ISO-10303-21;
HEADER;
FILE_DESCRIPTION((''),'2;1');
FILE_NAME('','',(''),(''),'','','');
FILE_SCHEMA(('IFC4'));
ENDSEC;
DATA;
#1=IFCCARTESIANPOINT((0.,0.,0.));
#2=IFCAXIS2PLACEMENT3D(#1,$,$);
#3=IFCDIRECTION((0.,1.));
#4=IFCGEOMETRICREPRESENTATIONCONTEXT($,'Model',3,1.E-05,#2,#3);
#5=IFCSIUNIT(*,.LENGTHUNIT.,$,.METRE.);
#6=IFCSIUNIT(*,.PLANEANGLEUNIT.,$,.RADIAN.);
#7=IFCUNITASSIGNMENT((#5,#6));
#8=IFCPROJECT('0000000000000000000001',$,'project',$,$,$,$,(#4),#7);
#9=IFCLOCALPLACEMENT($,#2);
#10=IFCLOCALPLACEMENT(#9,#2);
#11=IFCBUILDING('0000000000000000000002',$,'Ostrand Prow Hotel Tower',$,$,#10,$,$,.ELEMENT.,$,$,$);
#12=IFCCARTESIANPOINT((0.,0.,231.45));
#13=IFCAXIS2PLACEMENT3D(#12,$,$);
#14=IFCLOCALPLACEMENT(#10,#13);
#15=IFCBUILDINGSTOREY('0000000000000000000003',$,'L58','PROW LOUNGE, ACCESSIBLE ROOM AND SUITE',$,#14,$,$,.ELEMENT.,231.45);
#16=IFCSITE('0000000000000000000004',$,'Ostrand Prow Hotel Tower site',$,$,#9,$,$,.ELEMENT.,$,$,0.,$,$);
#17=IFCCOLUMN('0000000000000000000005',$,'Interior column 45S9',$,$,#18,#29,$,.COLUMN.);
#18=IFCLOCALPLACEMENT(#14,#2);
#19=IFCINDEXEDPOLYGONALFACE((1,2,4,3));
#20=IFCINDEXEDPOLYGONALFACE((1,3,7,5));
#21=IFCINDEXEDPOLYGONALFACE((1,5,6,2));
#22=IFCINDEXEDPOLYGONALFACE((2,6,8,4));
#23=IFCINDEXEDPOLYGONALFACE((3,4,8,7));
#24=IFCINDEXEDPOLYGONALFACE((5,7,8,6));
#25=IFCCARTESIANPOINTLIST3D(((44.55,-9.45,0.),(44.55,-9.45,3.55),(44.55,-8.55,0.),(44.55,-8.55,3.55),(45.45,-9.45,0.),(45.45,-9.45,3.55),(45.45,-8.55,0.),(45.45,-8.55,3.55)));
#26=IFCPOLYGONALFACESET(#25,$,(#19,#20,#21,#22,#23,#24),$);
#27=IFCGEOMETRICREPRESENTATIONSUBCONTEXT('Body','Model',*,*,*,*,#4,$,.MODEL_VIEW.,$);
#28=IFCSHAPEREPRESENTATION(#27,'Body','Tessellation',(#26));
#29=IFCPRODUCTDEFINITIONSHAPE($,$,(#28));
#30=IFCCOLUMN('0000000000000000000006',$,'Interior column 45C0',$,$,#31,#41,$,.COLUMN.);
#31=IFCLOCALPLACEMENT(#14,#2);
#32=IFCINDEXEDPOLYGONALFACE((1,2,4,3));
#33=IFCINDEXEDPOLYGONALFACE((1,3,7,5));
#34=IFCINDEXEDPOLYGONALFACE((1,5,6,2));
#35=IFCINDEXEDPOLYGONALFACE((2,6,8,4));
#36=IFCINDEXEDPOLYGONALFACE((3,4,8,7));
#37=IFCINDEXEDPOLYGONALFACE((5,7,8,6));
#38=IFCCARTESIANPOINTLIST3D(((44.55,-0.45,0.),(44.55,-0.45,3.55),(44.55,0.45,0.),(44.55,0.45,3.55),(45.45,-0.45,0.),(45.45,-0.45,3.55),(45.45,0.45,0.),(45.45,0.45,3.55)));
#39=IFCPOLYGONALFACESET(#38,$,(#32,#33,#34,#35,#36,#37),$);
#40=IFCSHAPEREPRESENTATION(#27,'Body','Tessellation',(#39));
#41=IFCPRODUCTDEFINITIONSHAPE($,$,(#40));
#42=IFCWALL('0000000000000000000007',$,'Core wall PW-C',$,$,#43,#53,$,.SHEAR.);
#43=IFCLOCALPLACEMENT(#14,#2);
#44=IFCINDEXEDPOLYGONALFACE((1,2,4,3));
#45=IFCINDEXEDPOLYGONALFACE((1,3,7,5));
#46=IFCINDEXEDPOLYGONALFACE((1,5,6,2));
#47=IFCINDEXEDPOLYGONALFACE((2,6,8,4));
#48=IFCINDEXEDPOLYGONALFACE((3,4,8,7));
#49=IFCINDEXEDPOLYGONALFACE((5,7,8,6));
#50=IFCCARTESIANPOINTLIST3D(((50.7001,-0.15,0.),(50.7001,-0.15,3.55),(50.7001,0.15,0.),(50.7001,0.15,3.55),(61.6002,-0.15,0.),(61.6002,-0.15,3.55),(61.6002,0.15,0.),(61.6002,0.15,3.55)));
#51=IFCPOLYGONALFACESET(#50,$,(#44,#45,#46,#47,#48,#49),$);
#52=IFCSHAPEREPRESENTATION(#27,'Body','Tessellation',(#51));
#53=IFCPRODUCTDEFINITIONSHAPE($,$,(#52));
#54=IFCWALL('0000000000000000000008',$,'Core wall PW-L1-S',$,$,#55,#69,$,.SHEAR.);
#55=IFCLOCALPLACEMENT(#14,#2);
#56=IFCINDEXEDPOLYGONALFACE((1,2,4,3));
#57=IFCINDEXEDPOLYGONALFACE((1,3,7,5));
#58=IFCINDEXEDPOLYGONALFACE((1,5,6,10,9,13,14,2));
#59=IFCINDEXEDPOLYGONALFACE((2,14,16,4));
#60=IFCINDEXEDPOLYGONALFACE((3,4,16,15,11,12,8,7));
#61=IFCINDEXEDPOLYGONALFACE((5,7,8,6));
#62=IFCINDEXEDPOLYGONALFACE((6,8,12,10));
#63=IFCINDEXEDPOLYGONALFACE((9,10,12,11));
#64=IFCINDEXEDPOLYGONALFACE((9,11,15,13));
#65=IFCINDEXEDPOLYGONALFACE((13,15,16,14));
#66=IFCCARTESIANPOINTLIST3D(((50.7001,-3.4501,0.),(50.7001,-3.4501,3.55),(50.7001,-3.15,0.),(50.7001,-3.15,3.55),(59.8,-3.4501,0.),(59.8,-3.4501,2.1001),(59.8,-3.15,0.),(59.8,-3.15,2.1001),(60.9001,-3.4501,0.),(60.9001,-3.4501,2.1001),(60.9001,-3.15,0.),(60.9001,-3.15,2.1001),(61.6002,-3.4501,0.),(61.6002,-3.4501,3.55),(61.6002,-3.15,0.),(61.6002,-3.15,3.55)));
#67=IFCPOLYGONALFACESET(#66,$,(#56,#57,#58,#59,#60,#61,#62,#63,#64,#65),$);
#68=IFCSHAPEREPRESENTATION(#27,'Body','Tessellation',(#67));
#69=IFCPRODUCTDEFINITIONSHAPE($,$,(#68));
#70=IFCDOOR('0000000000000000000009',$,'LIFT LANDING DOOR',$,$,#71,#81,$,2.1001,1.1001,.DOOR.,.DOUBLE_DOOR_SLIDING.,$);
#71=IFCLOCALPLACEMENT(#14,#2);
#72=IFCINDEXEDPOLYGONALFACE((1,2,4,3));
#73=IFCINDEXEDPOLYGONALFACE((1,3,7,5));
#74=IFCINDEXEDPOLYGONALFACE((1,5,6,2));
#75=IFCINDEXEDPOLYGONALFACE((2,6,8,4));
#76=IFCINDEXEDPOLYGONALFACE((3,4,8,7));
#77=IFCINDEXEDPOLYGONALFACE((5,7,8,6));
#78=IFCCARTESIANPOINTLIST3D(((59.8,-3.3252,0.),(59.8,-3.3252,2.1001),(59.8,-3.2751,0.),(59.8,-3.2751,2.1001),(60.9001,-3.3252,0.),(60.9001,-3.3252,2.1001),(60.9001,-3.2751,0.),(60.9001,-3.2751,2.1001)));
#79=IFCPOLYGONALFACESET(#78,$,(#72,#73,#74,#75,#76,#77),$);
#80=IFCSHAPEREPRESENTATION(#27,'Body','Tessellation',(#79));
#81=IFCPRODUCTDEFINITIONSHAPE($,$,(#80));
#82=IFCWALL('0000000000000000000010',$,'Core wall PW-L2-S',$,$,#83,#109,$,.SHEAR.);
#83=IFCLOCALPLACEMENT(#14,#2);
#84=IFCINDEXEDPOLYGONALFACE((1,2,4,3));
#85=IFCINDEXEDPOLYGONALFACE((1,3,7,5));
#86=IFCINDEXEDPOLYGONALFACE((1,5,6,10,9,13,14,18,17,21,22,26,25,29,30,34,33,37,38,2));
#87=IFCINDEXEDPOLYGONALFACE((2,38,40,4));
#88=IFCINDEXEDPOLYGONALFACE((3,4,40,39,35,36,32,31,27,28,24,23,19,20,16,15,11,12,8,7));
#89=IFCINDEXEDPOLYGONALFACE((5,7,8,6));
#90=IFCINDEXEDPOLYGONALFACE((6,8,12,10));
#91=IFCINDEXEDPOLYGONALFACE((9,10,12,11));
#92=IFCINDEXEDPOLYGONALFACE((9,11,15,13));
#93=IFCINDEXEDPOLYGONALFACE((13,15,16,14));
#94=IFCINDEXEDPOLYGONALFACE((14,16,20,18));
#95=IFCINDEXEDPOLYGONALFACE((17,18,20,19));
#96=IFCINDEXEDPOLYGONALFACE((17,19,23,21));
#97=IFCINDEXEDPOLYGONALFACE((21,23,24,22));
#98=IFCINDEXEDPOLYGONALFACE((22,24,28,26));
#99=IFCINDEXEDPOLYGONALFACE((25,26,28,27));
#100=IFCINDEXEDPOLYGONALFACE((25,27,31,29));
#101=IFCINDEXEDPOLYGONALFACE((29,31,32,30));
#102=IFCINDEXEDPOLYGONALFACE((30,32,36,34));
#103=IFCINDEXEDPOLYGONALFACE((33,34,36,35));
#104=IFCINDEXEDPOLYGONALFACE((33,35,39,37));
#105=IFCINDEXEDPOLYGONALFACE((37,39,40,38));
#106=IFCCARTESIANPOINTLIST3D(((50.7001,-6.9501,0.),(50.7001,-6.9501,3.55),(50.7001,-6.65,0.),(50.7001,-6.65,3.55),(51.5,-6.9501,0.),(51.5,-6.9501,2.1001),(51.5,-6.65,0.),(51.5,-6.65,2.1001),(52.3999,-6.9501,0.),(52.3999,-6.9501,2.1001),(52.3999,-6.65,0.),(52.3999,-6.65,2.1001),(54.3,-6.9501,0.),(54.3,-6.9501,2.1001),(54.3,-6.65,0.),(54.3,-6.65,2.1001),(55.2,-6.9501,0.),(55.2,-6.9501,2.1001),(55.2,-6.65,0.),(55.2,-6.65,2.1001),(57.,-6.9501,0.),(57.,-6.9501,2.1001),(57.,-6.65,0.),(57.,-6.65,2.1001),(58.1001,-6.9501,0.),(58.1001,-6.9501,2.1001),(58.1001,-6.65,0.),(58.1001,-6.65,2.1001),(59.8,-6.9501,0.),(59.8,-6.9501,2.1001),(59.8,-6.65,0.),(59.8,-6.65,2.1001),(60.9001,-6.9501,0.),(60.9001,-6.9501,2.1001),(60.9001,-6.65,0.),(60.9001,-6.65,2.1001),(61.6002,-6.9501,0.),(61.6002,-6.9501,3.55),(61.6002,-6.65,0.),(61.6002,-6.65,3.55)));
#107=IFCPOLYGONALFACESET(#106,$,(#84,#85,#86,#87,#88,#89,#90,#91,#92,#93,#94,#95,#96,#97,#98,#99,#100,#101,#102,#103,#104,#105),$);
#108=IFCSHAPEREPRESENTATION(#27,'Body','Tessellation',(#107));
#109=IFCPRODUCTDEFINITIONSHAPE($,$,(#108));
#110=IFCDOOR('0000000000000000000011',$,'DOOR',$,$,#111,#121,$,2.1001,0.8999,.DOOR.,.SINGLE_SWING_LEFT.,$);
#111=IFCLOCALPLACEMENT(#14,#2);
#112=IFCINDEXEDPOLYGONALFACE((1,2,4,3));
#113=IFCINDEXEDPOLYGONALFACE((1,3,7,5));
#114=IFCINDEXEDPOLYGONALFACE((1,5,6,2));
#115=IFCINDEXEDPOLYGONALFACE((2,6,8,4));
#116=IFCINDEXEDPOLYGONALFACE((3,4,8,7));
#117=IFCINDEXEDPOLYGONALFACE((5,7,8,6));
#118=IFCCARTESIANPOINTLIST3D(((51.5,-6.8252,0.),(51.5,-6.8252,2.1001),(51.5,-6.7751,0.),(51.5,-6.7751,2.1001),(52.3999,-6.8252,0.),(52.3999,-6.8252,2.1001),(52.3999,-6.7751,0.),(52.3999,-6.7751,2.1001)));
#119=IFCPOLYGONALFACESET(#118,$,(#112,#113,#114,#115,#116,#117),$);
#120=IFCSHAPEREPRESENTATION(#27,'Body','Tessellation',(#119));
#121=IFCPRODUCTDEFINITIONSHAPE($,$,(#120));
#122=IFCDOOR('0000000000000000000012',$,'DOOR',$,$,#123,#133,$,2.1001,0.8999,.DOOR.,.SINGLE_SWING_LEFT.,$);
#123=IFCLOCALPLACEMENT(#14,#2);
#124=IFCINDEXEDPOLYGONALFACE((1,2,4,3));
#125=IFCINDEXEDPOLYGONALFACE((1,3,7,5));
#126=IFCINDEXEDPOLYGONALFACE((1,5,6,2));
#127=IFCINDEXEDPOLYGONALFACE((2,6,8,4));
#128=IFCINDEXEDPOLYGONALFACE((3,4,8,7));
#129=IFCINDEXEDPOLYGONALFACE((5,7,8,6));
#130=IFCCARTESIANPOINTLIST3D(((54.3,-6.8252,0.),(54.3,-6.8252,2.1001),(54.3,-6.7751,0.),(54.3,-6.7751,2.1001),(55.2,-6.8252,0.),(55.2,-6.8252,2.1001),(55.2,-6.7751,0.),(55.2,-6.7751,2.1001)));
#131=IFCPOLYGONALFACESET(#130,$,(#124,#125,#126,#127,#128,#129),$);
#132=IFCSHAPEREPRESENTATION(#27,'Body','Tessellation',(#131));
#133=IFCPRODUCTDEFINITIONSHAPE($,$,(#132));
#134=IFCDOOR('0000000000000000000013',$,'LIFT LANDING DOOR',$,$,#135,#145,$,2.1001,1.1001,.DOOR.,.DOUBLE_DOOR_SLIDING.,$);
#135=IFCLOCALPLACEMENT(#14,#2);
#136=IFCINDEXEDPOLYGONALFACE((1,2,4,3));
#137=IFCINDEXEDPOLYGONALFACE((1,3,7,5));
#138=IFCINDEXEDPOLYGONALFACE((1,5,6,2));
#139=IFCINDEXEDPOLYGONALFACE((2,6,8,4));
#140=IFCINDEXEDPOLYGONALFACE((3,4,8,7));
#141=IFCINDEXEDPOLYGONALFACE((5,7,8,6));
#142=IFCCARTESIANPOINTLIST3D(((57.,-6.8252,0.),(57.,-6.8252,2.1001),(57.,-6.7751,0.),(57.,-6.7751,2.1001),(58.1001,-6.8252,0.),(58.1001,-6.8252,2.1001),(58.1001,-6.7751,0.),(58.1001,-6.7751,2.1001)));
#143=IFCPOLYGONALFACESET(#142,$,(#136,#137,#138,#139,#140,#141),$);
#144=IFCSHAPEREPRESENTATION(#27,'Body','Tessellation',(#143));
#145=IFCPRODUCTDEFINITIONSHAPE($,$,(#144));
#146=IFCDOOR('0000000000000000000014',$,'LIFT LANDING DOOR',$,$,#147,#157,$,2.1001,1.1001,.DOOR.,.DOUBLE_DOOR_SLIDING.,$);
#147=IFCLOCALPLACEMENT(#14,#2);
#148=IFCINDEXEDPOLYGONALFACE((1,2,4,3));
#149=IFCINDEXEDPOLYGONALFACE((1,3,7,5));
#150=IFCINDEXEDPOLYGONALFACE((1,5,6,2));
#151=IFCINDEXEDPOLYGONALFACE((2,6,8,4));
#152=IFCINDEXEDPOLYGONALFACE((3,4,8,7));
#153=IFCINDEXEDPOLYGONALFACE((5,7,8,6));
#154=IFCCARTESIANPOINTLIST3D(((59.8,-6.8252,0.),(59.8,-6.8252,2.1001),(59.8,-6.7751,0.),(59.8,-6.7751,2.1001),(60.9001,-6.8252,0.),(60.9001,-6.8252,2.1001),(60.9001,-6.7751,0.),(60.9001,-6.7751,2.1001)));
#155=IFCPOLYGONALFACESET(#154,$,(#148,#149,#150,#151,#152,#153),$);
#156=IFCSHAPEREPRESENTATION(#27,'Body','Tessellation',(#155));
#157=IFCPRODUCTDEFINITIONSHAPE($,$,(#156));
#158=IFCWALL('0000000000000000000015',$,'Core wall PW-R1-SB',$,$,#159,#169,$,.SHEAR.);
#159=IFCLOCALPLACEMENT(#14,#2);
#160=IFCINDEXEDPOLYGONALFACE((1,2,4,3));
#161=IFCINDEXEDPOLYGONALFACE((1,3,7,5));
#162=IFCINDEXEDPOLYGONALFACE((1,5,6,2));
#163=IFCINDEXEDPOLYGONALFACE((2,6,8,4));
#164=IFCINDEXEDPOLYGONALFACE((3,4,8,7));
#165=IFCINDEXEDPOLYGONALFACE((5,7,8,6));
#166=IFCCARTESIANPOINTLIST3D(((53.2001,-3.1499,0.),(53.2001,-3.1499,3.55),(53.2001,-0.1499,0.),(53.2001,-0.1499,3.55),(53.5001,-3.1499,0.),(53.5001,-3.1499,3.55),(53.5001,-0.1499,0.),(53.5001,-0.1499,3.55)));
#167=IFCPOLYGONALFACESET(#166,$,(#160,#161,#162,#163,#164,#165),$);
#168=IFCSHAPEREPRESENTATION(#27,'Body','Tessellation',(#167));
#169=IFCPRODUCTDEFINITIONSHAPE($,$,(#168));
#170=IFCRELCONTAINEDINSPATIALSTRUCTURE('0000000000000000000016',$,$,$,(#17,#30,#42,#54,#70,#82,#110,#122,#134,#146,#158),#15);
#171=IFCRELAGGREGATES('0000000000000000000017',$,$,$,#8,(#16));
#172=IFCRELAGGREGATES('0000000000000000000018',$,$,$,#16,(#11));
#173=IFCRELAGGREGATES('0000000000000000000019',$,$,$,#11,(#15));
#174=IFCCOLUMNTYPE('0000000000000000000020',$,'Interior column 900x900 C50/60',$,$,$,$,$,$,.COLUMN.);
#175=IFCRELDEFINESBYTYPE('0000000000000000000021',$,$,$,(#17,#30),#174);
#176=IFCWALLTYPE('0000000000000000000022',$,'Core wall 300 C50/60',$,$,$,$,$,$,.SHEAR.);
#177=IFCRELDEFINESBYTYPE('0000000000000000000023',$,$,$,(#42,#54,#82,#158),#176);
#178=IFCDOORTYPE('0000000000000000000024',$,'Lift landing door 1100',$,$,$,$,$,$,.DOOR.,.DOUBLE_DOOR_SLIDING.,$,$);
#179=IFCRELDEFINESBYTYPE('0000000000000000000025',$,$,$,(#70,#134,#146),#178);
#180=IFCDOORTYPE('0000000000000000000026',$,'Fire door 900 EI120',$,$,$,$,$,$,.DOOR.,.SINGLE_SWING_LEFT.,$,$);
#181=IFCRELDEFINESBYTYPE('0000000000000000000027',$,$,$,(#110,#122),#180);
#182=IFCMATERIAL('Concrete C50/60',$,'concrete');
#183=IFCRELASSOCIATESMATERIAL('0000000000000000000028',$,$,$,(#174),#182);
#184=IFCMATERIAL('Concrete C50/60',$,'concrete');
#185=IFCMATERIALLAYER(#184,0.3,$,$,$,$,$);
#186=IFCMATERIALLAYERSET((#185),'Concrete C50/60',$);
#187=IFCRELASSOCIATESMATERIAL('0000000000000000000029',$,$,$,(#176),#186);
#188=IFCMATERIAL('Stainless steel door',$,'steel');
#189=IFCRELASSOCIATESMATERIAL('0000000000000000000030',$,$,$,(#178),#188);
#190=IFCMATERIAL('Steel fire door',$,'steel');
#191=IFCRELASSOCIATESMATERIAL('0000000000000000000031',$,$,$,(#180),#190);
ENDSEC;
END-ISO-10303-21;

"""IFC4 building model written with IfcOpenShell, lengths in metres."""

from ifc_helpers import new_model, si_unit, direction, frame, frame_2d, origin, origin_2d, place, context, subcontext, project, spatial, rectangle, extrude, material, layer, layer_set, material_profile, profile_set, type_object, element, fill, save


model = new_model("IFC4")

# Units and contexts
model_context = context("Model", 3, precision=1e-05, world=origin(), true_north=direction((0.0, 1.0)))
body_context = subcontext(model_context, "Body", "Model", "MODEL_VIEW")
ifc_project = project(units=[si_unit("LENGTHUNIT", "METRE"), si_unit("PLANEANGLEUNIT", "RADIAN")], contexts=[model_context])

# Site, building, storey
site_placement = place(None, origin())
site = spatial("IfcSite", under=ifc_project, at=site_placement, Name="Ostrand Prow Hotel Tower site", CompositionType="ELEMENT", RefElevation=0.0)
building_placement = place(site_placement, origin())
building = spatial("IfcBuilding", under=site, at=building_placement, Name="Ostrand Prow Hotel Tower", CompositionType="ELEMENT")
storey_placement = place(building_placement, frame((0.0, 0.0, 231.45)))
storey = spatial("IfcBuildingStorey", under=building, at=storey_placement, Name="L58", Description="PROW LOUNGE, ACCESSIBLE ROOM AND SUITE", CompositionType="ELEMENT", Elevation=231.45)

# Columns
ifc_material_1 = material(Name="Concrete C50/60", Category="concrete")
ifc_material_profile = material_profile(ifc_material_1, rectangle(XDim=0.8999, YDim=0.8999, at=origin_2d()), Name="RC 900x900")
ifc_profile_set = profile_set([ifc_material_profile], Name="Concrete C50/60")
column_type = type_object("IfcColumnType", Name="Interior column 900x900 C50/60", PredefinedType="COLUMN", material=ifc_profile_set)
for number, where, z_axis, x_axis, name in (
    (1, (45.0, -9.0, 0.0), (0.0, 0.0, 1.0), (1.0, 0.0, 0.0), "Interior column 45S9"),
    (2, (45.0, 0.0, 0.0), (0.0, 0.0, 1.0), (1.0, 0.0, 0.0), "Interior column 45C0"),
):
    element("IfcColumn", number, at=place(storey_placement, frame(where, z_axis=z_axis, x_axis=x_axis)), inside=storey, type_object=column_type, Name=name, PredefinedType="COLUMN", context=body_context, shape_type="SweptSolid", body=[
        extrude(rectangle(XDim=0.8999, YDim=0.8999, at=origin_2d()), origin(), (0.0, 0.0, 1.0), 3.55),
    ])

# Wall
ifc_material_2 = material(Name="Concrete C50/60", Category="concrete")
ifc_layer_1 = layer(ifc_material_2, 0.3)
ifc_layer_set_1 = layer_set([ifc_layer_1], Name="Concrete C50/60")
wall_type_1 = type_object("IfcWallType", Name="Core wall 300 C50/60", PredefinedType="SHEAR", material=ifc_layer_set_1)
wall_1_placement = place(storey_placement, frame((50.7, 0.0, 0.0), z_axis=(0.0, 0.0, 1.0), x_axis=(1.0, 0.0, 0.0)))
element("IfcWall", 3, at=wall_1_placement, inside=storey, type_object=wall_type_1, Name="Core wall PW-C", PredefinedType="SHEAR", context=body_context, shape_type="SweptSolid", body=[
    extrude(rectangle(XDim=10.9001, YDim=0.3, at=frame_2d((5.4502, 0.0))), origin(), (0.0, 0.0, 1.0), 3.55),
])

# Wall, opening, door
wall_2_placement = place(storey_placement, frame((50.7, -3.3, 0.0), z_axis=(0.0, 0.0, 1.0), x_axis=(1.0, 0.0, 0.0)))
wall_2 = element("IfcWall", 4, at=wall_2_placement, inside=storey, type_object=wall_type_1, Name="Core wall PW-L1-S", PredefinedType="SHEAR", context=body_context, shape_type="SweptSolid", body=[
    extrude(rectangle(XDim=10.9001, YDim=0.3, at=frame_2d((5.4502, 0.0))), origin(), (0.0, 0.0, 1.0), 3.55),
])
opening_1_placement = place(wall_2_placement, frame((9.1001, 0.0, 0.0)))
opening_1 = element("IfcOpeningElement", 5, at=opening_1_placement, cuts=wall_2, PredefinedType="OPENING", context=body_context, shape_type="SweptSolid", body=[
    extrude(rectangle(XDim=1.1001, YDim=2.1001, at=frame_2d((0.55, 1.05))), frame((0.0, 0.1599, 0.0), z_axis=(0.0, -1.0, 0.0), x_axis=(1.0, 0.0, 0.0)), (0.0, 0.0, 1.0), 0.3201),
])
ifc_material_3 = material(Name="Stainless steel door", Category="steel")
door_type_1 = type_object("IfcDoorType", Name="Lift landing door 1100", OperationType="DOUBLE_DOOR_SLIDING", PredefinedType="DOOR", material=ifc_material_3)
door_1_placement = place(opening_1_placement, origin())
door_1 = element("IfcDoor", 6, at=door_1_placement, inside=storey, type_object=door_type_1, Name="LIFT LANDING DOOR", OperationType="DOUBLE_DOOR_SLIDING", OverallHeight=2.1001, OverallWidth=1.1001, PredefinedType="DOOR", context=body_context, shape_type="SweptSolid", body=[
    extrude(rectangle(XDim=1.1001, YDim=2.1001, at=frame_2d((0.55, 1.05))), frame((0.0, 0.0249, 0.0), z_axis=(0.0, -1.0, 0.0), x_axis=(1.0, 0.0, 0.0)), (0.0, 0.0, 1.0), 0.05),
])
fill(opening_1, door_1)

# Wall, openings, doors
wall_3_placement = place(storey_placement, frame((50.7, -6.8, 0.0), z_axis=(0.0, 0.0, 1.0), x_axis=(1.0, 0.0, 0.0)))
wall_3 = element("IfcWall", 7, at=wall_3_placement, inside=storey, type_object=wall_type_1, Name="Core wall PW-L2-S", PredefinedType="SHEAR", context=body_context, shape_type="SweptSolid", body=[
    extrude(rectangle(XDim=10.9001, YDim=0.3, at=frame_2d((5.4502, 0.0))), origin(), (0.0, 0.0, 1.0), 3.55),
])
opening_2_placement = place(wall_3_placement, frame((6.3, 0.0, 0.0)))
opening_2 = element("IfcOpeningElement", 8, at=opening_2_placement, cuts=wall_3, PredefinedType="OPENING", context=body_context, shape_type="SweptSolid", body=[
    extrude(rectangle(XDim=1.1001, YDim=2.1001, at=frame_2d((0.55, 1.05))), frame((0.0, 0.1599, 0.0), z_axis=(0.0, -1.0, 0.0), x_axis=(1.0, 0.0, 0.0)), (0.0, 0.0, 1.0), 0.3201),
])
opening_3_placement = place(wall_3_placement, frame((9.1001, 0.0, 0.0)))
opening_3 = element("IfcOpeningElement", 9, at=opening_3_placement, cuts=wall_3, PredefinedType="OPENING", context=body_context, shape_type="SweptSolid", body=[
    extrude(rectangle(XDim=1.1001, YDim=2.1001, at=frame_2d((0.55, 1.05))), frame((0.0, 0.1599, 0.0), z_axis=(0.0, -1.0, 0.0), x_axis=(1.0, 0.0, 0.0)), (0.0, 0.0, 1.0), 0.3201),
])
opening_4_placement = place(wall_3_placement, frame((0.8, 0.0, 0.0)))
opening_4 = element("IfcOpeningElement", 10, at=opening_4_placement, cuts=wall_3, PredefinedType="OPENING", context=body_context, shape_type="SweptSolid", body=[
    extrude(rectangle(XDim=0.8999, YDim=2.1001, at=frame_2d((0.45, 1.05))), frame((0.0, 0.1599, 0.0), z_axis=(0.0, -1.0, 0.0), x_axis=(1.0, 0.0, 0.0)), (0.0, 0.0, 1.0), 0.3201),
])
opening_5_placement = place(wall_3_placement, frame((3.6001, 0.0, 0.0)))
opening_5 = element("IfcOpeningElement", 11, at=opening_5_placement, cuts=wall_3, PredefinedType="OPENING", context=body_context, shape_type="SweptSolid", body=[
    extrude(rectangle(XDim=0.8999, YDim=2.1001, at=frame_2d((0.45, 1.05))), frame((0.0, 0.1599, 0.0), z_axis=(0.0, -1.0, 0.0), x_axis=(1.0, 0.0, 0.0)), (0.0, 0.0, 1.0), 0.3201),
])
ifc_material_4 = material(Name="Steel fire door", Category="steel")
door_type_2 = type_object("IfcDoorType", Name="Fire door 900 EI120", OperationType="SINGLE_SWING_LEFT", PredefinedType="DOOR", material=ifc_material_4)
door_2_placement = place(opening_4_placement, origin())
door_2 = element("IfcDoor", 12, at=door_2_placement, inside=storey, type_object=door_type_2, Name="DOOR", OperationType="SINGLE_SWING_LEFT", OverallHeight=2.1001, OverallWidth=0.8999, PredefinedType="DOOR", context=body_context, shape_type="SweptSolid", body=[
    extrude(rectangle(XDim=0.8999, YDim=2.1001, at=frame_2d((0.45, 1.05))), frame((0.0, 0.0249, 0.0), z_axis=(0.0, -1.0, 0.0), x_axis=(1.0, 0.0, 0.0)), (0.0, 0.0, 1.0), 0.05),
])
fill(opening_4, door_2)
door_3_placement = place(opening_5_placement, origin())
door_3 = element("IfcDoor", 13, at=door_3_placement, inside=storey, type_object=door_type_2, Name="DOOR", OperationType="SINGLE_SWING_LEFT", OverallHeight=2.1001, OverallWidth=0.8999, PredefinedType="DOOR", context=body_context, shape_type="SweptSolid", body=[
    extrude(rectangle(XDim=0.8999, YDim=2.1001, at=frame_2d((0.45, 1.05))), frame((0.0, 0.0249, 0.0), z_axis=(0.0, -1.0, 0.0), x_axis=(1.0, 0.0, 0.0)), (0.0, 0.0, 1.0), 0.05),
])
fill(opening_5, door_3)
door_4_placement = place(opening_2_placement, origin())
door_4 = element("IfcDoor", 14, at=door_4_placement, inside=storey, type_object=door_type_1, Name="LIFT LANDING DOOR", OperationType="DOUBLE_DOOR_SLIDING", OverallHeight=2.1001, OverallWidth=1.1001, PredefinedType="DOOR", context=body_context, shape_type="SweptSolid", body=[
    extrude(rectangle(XDim=1.1001, YDim=2.1001, at=frame_2d((0.55, 1.05))), frame((0.0, 0.0249, 0.0), z_axis=(0.0, -1.0, 0.0), x_axis=(1.0, 0.0, 0.0)), (0.0, 0.0, 1.0), 0.05),
])
fill(opening_2, door_4)
door_5_placement = place(opening_3_placement, origin())
door_5 = element("IfcDoor", 15, at=door_5_placement, inside=storey, type_object=door_type_1, Name="LIFT LANDING DOOR", OperationType="DOUBLE_DOOR_SLIDING", OverallHeight=2.1001, OverallWidth=1.1001, PredefinedType="DOOR", context=body_context, shape_type="SweptSolid", body=[
    extrude(rectangle(XDim=1.1001, YDim=2.1001, at=frame_2d((0.55, 1.05))), frame((0.0, 0.0249, 0.0), z_axis=(0.0, -1.0, 0.0), x_axis=(1.0, 0.0, 0.0)), (0.0, 0.0, 1.0), 0.05),
])
fill(opening_3, door_5)

# Wall
for number, where, z_axis, x_axis, name in (
    (16, (53.3501, -3.1499, 0.0), (0.0, 0.0, 1.0), (0.0, 1.0, 0.0), "Core wall PW-R1-SB"),
):
    element("IfcWall", number, at=place(storey_placement, frame(where, z_axis=z_axis, x_axis=x_axis)), inside=storey, type_object=wall_type_1, Name=name, PredefinedType="SHEAR", context=body_context, shape_type="SweptSolid", body=[
        extrude(rectangle(XDim=3.0, YDim=0.3, at=frame_2d((1.5, 0.0))), origin(), (0.0, 0.0, 1.0), 3.55),
    ])

save(model, "model.ifc")
